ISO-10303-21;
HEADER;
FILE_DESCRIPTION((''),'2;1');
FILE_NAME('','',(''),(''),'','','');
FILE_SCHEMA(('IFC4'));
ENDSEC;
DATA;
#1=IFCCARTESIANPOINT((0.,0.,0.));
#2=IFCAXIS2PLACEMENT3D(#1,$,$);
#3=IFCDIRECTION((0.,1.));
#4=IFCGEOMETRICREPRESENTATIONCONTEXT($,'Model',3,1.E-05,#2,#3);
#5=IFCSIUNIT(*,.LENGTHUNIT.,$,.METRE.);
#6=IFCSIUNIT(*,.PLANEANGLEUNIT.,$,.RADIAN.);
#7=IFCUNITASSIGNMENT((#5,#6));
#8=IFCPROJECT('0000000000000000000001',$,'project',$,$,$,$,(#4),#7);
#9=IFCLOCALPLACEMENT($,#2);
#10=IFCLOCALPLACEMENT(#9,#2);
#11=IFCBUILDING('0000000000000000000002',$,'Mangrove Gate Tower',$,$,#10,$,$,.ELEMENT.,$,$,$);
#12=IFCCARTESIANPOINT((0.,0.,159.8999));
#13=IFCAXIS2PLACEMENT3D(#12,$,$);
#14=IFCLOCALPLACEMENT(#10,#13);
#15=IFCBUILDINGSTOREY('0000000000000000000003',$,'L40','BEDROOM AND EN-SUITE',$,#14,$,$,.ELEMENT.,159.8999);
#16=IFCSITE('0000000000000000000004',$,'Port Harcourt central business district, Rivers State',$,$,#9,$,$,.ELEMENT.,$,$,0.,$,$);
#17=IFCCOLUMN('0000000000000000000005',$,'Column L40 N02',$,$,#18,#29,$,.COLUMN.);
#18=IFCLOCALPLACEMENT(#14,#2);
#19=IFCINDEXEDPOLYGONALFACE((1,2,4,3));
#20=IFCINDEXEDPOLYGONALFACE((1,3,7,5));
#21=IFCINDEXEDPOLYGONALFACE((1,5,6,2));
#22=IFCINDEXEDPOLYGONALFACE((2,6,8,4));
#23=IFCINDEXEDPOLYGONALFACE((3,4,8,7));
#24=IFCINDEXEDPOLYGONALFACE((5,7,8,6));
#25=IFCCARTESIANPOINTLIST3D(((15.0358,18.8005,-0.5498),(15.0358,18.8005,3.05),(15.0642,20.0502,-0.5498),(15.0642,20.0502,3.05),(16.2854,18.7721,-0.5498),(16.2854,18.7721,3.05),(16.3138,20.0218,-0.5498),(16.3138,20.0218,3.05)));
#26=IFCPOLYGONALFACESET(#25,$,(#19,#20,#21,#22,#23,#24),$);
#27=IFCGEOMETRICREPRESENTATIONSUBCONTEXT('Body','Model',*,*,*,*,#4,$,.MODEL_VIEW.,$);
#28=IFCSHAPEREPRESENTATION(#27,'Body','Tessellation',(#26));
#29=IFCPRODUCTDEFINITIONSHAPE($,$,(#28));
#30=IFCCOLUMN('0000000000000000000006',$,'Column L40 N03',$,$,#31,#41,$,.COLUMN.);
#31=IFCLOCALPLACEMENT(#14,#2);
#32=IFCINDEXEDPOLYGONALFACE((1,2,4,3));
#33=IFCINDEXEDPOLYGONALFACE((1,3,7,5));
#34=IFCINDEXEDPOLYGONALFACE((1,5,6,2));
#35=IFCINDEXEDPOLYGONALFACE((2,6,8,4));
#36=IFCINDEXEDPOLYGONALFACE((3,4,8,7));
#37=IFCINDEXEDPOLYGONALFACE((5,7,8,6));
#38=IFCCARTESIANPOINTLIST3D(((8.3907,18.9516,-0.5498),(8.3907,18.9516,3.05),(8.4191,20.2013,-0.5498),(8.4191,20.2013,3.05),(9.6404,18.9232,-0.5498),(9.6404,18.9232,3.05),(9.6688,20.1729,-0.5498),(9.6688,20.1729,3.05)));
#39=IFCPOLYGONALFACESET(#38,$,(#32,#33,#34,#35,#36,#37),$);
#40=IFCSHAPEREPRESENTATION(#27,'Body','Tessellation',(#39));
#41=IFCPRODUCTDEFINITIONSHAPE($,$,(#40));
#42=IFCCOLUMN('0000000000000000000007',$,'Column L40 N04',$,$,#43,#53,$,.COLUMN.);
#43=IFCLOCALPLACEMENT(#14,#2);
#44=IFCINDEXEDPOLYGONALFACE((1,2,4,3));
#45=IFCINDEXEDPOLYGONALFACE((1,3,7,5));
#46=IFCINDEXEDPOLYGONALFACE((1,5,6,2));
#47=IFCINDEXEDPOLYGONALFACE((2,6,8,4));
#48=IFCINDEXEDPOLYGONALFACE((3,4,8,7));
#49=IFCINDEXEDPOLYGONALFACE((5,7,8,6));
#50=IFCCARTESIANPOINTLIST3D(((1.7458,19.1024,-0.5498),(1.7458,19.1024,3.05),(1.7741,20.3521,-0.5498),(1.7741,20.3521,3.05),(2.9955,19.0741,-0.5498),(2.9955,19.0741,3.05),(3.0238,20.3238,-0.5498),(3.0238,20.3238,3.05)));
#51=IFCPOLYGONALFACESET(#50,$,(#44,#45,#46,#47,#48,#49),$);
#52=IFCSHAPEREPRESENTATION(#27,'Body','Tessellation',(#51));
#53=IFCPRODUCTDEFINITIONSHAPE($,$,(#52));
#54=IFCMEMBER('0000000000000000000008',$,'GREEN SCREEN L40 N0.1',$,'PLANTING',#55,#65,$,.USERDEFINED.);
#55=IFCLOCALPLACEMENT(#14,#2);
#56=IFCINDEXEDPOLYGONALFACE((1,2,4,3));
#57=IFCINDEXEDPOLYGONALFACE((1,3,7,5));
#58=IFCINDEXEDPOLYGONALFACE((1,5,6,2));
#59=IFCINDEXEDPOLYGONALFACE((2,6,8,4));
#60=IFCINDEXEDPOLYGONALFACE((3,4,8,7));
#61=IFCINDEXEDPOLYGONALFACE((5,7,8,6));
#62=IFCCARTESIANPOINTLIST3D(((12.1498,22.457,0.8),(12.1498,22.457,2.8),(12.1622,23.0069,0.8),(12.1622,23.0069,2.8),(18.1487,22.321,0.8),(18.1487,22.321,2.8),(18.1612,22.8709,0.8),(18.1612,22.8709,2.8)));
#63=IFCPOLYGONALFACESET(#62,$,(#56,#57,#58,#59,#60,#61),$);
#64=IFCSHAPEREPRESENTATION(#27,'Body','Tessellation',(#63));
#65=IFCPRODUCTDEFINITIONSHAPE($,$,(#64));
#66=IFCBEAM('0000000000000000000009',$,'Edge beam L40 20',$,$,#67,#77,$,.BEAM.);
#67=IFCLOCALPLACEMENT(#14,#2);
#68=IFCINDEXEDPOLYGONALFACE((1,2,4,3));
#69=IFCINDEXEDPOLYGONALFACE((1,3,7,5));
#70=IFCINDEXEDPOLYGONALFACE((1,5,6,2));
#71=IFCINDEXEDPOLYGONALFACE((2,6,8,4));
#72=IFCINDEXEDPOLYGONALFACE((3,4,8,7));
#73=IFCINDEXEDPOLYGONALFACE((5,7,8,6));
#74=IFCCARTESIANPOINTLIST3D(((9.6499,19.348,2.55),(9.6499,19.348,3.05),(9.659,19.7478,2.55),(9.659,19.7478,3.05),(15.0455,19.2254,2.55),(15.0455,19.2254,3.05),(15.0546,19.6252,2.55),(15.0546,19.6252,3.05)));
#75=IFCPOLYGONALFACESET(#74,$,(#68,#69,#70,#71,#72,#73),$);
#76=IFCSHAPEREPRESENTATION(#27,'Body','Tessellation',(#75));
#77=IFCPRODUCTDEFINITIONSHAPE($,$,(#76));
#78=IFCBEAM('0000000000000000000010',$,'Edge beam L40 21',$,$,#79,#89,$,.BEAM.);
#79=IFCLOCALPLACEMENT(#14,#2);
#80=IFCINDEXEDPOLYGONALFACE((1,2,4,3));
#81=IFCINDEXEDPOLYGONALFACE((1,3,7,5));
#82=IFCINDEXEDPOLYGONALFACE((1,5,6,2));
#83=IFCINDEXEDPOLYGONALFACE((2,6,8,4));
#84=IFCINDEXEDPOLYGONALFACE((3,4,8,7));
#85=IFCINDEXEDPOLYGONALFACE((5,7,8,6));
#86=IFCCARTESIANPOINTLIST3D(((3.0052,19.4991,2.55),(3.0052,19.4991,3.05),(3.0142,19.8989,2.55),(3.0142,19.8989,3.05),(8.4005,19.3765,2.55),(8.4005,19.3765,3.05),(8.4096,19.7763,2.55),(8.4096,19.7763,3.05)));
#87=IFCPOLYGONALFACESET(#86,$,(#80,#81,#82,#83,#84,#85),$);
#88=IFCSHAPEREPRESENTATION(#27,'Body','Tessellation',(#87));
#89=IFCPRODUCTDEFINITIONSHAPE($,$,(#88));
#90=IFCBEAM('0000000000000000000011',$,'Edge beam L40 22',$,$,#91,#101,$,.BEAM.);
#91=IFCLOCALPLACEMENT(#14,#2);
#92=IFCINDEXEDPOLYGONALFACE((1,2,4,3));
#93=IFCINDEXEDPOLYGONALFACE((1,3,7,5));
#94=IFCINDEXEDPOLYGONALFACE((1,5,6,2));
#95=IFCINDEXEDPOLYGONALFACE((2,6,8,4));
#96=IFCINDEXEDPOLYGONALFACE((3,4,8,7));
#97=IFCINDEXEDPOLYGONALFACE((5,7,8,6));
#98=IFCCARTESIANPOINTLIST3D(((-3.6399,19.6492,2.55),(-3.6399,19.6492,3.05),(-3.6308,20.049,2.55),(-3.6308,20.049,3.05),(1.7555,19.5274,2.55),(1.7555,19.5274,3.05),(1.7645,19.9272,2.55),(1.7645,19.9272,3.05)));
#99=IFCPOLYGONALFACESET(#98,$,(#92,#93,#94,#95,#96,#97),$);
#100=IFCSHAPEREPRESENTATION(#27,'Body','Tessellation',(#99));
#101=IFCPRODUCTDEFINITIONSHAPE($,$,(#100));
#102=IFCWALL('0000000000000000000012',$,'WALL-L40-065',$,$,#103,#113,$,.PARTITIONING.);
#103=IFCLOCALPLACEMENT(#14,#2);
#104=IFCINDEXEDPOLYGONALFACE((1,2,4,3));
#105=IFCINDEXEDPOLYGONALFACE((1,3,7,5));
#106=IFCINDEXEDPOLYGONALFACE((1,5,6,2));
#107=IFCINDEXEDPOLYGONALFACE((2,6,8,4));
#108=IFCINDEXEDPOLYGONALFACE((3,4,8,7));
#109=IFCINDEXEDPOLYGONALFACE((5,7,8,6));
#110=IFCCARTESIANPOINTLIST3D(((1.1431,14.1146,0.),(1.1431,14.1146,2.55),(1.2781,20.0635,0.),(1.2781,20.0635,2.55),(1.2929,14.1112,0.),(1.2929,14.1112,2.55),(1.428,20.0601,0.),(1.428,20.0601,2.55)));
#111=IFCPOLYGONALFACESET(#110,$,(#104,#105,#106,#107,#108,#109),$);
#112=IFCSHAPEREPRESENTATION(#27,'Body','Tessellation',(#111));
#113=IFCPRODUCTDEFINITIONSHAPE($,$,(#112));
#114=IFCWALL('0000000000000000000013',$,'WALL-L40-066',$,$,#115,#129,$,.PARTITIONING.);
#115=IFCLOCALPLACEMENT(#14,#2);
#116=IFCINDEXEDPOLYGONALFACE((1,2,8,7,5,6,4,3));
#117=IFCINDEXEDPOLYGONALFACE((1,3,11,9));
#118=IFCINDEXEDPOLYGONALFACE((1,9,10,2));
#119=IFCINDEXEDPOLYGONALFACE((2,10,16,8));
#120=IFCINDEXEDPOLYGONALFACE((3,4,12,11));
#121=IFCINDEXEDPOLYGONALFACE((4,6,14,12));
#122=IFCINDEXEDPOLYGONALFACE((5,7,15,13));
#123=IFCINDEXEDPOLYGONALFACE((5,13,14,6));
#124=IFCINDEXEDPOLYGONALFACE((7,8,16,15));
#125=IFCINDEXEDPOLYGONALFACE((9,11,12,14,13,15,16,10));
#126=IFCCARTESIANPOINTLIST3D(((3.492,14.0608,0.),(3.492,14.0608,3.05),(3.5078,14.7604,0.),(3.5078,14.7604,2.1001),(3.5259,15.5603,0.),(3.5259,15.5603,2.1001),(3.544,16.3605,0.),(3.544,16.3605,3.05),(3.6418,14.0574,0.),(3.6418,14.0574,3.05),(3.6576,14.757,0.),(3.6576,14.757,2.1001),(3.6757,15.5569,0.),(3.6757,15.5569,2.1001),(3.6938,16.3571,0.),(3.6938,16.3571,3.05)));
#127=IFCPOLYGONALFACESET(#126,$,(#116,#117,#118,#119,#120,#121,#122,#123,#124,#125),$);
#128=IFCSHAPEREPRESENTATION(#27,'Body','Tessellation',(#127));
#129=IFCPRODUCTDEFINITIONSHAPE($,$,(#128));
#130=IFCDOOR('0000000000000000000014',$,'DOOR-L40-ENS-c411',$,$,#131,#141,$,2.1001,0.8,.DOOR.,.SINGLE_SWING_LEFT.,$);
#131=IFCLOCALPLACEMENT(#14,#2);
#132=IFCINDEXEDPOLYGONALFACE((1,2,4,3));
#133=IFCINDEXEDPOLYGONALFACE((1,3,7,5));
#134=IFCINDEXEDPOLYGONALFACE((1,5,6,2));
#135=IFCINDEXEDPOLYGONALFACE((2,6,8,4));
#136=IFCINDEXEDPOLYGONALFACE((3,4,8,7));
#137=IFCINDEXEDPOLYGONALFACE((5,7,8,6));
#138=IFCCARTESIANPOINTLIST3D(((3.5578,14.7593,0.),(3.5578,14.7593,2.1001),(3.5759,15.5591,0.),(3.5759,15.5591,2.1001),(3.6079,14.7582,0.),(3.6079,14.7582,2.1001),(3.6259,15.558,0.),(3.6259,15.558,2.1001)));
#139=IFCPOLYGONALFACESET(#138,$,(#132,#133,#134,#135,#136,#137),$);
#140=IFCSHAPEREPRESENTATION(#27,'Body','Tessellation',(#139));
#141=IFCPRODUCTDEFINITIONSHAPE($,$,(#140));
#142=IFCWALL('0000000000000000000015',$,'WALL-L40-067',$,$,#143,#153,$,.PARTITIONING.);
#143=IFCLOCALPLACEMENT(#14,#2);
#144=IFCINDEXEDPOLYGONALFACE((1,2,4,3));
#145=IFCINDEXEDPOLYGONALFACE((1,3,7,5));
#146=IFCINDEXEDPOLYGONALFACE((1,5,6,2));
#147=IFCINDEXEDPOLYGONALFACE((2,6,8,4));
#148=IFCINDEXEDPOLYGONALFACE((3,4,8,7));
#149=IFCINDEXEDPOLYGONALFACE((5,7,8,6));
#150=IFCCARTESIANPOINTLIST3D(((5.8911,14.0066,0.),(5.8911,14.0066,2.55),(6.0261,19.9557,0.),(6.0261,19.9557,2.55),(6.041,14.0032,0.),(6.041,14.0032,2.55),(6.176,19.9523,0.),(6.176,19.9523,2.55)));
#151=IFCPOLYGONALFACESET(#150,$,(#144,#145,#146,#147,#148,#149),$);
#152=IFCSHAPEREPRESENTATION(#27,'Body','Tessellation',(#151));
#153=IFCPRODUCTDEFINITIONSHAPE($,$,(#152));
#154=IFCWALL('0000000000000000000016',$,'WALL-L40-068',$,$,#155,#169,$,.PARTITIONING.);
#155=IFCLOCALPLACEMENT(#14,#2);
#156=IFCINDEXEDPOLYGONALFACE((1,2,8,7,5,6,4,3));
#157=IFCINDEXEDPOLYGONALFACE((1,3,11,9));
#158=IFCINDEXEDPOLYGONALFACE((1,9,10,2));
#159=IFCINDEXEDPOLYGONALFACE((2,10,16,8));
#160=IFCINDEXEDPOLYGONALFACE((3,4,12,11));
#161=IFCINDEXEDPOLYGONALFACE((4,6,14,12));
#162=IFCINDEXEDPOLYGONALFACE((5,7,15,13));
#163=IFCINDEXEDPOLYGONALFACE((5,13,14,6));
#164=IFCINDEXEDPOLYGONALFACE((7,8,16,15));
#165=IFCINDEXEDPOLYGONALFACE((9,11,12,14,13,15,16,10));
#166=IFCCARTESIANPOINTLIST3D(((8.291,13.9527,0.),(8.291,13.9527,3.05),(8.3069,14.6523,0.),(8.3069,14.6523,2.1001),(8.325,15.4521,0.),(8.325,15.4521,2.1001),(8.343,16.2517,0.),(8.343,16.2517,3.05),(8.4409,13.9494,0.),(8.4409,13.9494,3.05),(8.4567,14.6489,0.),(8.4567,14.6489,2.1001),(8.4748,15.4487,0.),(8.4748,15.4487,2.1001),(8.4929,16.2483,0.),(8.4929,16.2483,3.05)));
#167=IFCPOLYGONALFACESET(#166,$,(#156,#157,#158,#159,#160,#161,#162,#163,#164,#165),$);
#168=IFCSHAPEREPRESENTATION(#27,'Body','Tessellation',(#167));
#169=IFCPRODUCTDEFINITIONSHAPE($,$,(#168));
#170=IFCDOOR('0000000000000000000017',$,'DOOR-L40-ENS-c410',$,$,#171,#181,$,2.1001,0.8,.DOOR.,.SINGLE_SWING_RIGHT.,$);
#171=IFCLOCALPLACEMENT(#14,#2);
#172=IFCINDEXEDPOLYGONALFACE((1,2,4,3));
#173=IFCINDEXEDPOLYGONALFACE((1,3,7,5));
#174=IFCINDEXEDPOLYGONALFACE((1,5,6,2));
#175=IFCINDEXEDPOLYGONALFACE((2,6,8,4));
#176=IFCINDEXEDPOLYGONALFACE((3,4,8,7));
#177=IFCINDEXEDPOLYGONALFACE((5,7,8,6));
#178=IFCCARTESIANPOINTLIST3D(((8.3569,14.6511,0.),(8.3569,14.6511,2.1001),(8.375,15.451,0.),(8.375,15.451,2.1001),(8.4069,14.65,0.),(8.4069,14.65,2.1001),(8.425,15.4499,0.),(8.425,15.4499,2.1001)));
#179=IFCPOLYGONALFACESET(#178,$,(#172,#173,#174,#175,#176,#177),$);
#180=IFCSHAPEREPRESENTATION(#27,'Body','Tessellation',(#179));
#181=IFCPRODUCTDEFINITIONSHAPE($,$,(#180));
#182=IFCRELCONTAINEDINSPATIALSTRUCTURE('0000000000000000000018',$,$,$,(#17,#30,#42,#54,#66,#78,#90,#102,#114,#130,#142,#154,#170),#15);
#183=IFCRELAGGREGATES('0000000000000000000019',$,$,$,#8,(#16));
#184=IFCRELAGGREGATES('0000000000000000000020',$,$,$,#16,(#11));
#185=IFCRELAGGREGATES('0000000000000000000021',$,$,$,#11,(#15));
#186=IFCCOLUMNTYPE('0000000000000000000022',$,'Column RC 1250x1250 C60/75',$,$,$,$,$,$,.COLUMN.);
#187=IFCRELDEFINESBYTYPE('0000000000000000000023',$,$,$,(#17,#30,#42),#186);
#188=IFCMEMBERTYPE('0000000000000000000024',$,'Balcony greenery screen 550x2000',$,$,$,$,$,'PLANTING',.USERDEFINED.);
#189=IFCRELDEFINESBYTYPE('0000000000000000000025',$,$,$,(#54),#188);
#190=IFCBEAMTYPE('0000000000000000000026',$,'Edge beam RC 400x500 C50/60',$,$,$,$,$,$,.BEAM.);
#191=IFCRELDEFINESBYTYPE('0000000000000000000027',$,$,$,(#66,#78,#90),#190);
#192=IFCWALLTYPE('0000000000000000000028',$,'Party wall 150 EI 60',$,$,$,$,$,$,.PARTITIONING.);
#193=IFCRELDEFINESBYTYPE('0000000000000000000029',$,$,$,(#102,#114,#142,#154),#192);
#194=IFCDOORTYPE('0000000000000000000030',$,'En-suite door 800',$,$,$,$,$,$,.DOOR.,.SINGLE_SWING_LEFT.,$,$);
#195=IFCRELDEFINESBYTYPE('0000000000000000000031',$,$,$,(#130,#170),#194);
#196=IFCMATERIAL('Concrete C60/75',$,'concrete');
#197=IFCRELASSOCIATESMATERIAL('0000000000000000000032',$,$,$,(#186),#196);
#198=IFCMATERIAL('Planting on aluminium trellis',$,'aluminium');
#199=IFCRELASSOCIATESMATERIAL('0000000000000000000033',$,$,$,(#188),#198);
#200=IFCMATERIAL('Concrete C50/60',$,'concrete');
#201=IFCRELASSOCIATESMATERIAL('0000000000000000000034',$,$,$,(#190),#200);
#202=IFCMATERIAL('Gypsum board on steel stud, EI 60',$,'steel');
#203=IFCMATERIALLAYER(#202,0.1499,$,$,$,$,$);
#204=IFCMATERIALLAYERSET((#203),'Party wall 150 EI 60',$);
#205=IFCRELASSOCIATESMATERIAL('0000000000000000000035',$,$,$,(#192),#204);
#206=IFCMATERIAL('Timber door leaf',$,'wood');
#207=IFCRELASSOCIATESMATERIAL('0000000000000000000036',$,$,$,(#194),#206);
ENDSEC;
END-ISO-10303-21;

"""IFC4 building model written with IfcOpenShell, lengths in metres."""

from ifc_helpers import new_model, si_unit, direction, frame, frame_2d, origin, origin_2d, place, context, subcontext, project, spatial, rectangle, extrude, material, layer, layer_set, material_profile, profile_set, type_object, element, fill, save


model = new_model("IFC4")

# Units and contexts
model_context = context("Model", 3, precision=1e-05, world=origin(), true_north=direction((0.0, 1.0)))
body_context = subcontext(model_context, "Body", "Model", "MODEL_VIEW")
ifc_project = project(units=[si_unit("LENGTHUNIT", "METRE"), si_unit("PLANEANGLEUNIT", "RADIAN")], contexts=[model_context])

# Site, building, storey
site_placement = place(None, origin())
site = spatial("IfcSite", under=ifc_project, at=site_placement, Name="Port Harcourt central business district, Rivers State", CompositionType="ELEMENT", RefElevation=0.0)
building_placement = place(site_placement, origin())
building = spatial("IfcBuilding", under=site, at=building_placement, Name="Mangrove Gate Tower", CompositionType="ELEMENT")
storey_placement = place(building_placement, frame((0.0, 0.0, 159.8999)))
storey = spatial("IfcBuildingStorey", under=building, at=storey_placement, Name="L40", Description="BEDROOM AND EN-SUITE", CompositionType="ELEMENT", Elevation=159.8999)

# Columns
ifc_material_1 = material(Name="Concrete C60/75", Category="concrete")
ifc_material_profile_1 = material_profile(ifc_material_1, rectangle(XDim=1.25, YDim=1.25, at=origin_2d()))
ifc_profile_set_1 = profile_set([ifc_material_profile_1], Name="Concrete C60/75")
column_type = type_object("IfcColumnType", Name="Column RC 1250x1250 C60/75", PredefinedType="COLUMN", material=ifc_profile_set_1)
for number, where, z_axis, x_axis, name in (
    (1, (15.6748, 19.4111, -0.5498), (0.0, 0.0, 1.0), (-0.999742, 0.022718, 0.0), "Column L40 N02"),
    (2, (9.0298, 19.5623, -0.5498), (0.0, 0.0, 1.0), (-0.999742, 0.022718, 0.0), "Column L40 N03"),
    (3, (2.3848, 19.7131, -0.5498), (0.0, 0.0, 1.0), (-0.999744, 0.022643, 0.0), "Column L40 N04"),
):
    element("IfcColumn", number, at=place(storey_placement, frame(where, z_axis=z_axis, x_axis=x_axis)), inside=storey, type_object=column_type, Name=name, PredefinedType="COLUMN", context=body_context, shape_type="SweptSolid", body=[
        extrude(rectangle(XDim=1.25, YDim=1.25, at=origin_2d()), origin(), (0.0, 0.0, 1.0), 3.5999),
    ])

# Member
ifc_material_2 = material(Name="Planting on aluminium trellis", Category="aluminium")
ifc_material_profile_2 = material_profile(ifc_material_2, rectangle(XDim=0.55, YDim=2.0, at=origin_2d()))
ifc_profile_set_2 = profile_set([ifc_material_profile_2], Name="Planting on aluminium trellis")
member_type = type_object("IfcMemberType", Name="Balcony greenery screen 550x2000", ElementType="PLANTING", PredefinedType="USERDEFINED", material=ifc_profile_set_2)
member_placement = place(storey_placement, frame((12.156, 22.7319, 1.8), z_axis=(0.999743, -0.022662, 0.0), x_axis=(0.022662, 0.999743, 0.0)))
element("IfcMember", 4, at=member_placement, inside=storey, type_object=member_type, Name="GREEN SCREEN L40 N0.1", ObjectType="PLANTING", PredefinedType="USERDEFINED", context=body_context, shape_type="SweptSolid", body=[
    extrude(rectangle(XDim=0.55, YDim=2.0, at=origin_2d()), origin(), (0.0, 0.0, 1.0), 6.0005),
])

# Beams
ifc_material_3 = material(Name="Concrete C50/60", Category="concrete")
ifc_material_profile_3 = material_profile(ifc_material_3, rectangle(XDim=0.3999, YDim=0.5, at=origin_2d()))
ifc_profile_set_3 = profile_set([ifc_material_profile_3], Name="Concrete C50/60")
beam_type = type_object("IfcBeamType", Name="Edge beam RC 400x500 C50/60", PredefinedType="BEAM", material=ifc_profile_set_3)
beam_placement = place(storey_placement, frame((15.05, 19.4253, 2.8), z_axis=(-0.999742, 0.022709, 0.0), x_axis=(-0.022709, -0.999742, 0.0)))
element("IfcBeam", 5, at=beam_placement, inside=storey, type_object=beam_type, Name="Edge beam L40 20", PredefinedType="BEAM", context=body_context, shape_type="SweptSolid", body=[
    extrude(rectangle(XDim=0.3999, YDim=0.5, at=origin_2d()), origin(), (0.0, 0.0, 1.0), 5.397),
])
for number, where, z_axis, x_axis, name in (
    (6, (8.405, 19.5764, 2.8), (-0.999742, 0.02271, 0.0), (-0.02271, -0.999742, 0.0), "Edge beam L40 21"),
    (7, (1.76, 19.7273, 2.8), (-0.999745, 0.022574, 0.0), (-0.022574, -0.999745, 0.0), "Edge beam L40 22"),
):
    element("IfcBeam", number, at=place(storey_placement, frame(where, z_axis=z_axis, x_axis=x_axis)), inside=storey, type_object=beam_type, Name=name, PredefinedType="BEAM", context=body_context, shape_type="SweptSolid", body=[
        extrude(rectangle(XDim=0.3999, YDim=0.5, at=origin_2d()), origin(), (0.0, 0.0, 1.0), 5.3967),
    ])

# Wall
ifc_material_4 = material(Name="Gypsum board on steel stud, EI 60", Category="steel")
ifc_layer_1 = layer(ifc_material_4, 0.1499)
ifc_layer_set_1 = layer_set([ifc_layer_1], Name="Party wall 150 EI 60")
wall_type_1 = type_object("IfcWallType", Name="Party wall 150 EI 60", PredefinedType="PARTITIONING", material=ifc_layer_set_1)
wall_1_placement = place(storey_placement, frame((1.218, 14.113, 0.0), z_axis=(0.0, 0.0, 1.0), x_axis=(0.022689, 0.999743, 0.0)))
element("IfcWall", 8, at=wall_1_placement, inside=storey, type_object=wall_type_1, Name="WALL-L40-065", PredefinedType="PARTITIONING", context=body_context, shape_type="SweptSolid", body=[
    extrude(rectangle(XDim=5.9504, YDim=0.1499, at=frame_2d((2.9751, 0.0))), origin(), (0.0, 0.0, 1.0), 2.55),
])

# Wall, opening, door
wall_2_placement = place(storey_placement, frame((3.5669, 14.0591, 0.0), z_axis=(0.0, 0.0, 1.0), x_axis=(0.022606, 0.999744, 0.0)))
wall_2 = element("IfcWall", 9, at=wall_2_placement, inside=storey, type_object=wall_type_1, Name="WALL-L40-066", PredefinedType="PARTITIONING", context=body_context, shape_type="SweptSolid", body=[
    extrude(rectangle(XDim=2.3003, YDim=0.1499, at=frame_2d((1.1501, 0.0))), origin(), (0.0, 0.0, 1.0), 3.05),
])
opening_1_placement = place(wall_2_placement, frame((0.7, 0.0, 0.0)))
opening_1 = element("IfcOpeningElement", 10, at=opening_1_placement, cuts=wall_2, PredefinedType="OPENING", context=body_context, shape_type="SweptSolid", body=[
    extrude(rectangle(XDim=0.8, YDim=2.1001, at=frame_2d((0.3999, 1.05))), frame((0.0, 0.085, 0.0), z_axis=(0.0, -1.0, 0.0), x_axis=(1.0, 0.0, 0.0)), (0.0, 0.0, 1.0), 0.1699),
])
ifc_material_5 = material(Name="Timber door leaf", Category="wood")
door_type = type_object("IfcDoorType", Name="En-suite door 800", OperationType="SINGLE_SWING_LEFT", PredefinedType="DOOR", material=ifc_material_5)
door_1_placement = place(opening_1_placement, origin())
door_1 = element("IfcDoor", 11, at=door_1_placement, inside=storey, type_object=door_type, Name="DOOR-L40-ENS-c411", OperationType="SINGLE_SWING_LEFT", OverallHeight=2.1001, OverallWidth=0.8, PredefinedType="DOOR", context=body_context, shape_type="SweptSolid", body=[
    extrude(rectangle(XDim=0.8, YDim=2.1001, at=frame_2d((0.3999, 1.05))), frame((0.0, 0.0249, 0.0), z_axis=(0.0, -1.0, 0.0), x_axis=(1.0, 0.0, 0.0)), (0.0, 0.0, 1.0), 0.05),
])
fill(opening_1, door_1)

# Wall
wall_3_placement = place(storey_placement, frame((5.9661, 14.0049, 0.0), z_axis=(0.0, 0.0, 1.0), x_axis=(0.022688, 0.999743, 0.0)))
element("IfcWall", 12, at=wall_3_placement, inside=storey, type_object=wall_type_1, Name="WALL-L40-067", PredefinedType="PARTITIONING", context=body_context, shape_type="SweptSolid", body=[
    extrude(rectangle(XDim=5.9507, YDim=0.1499, at=frame_2d((2.9753, 0.0))), origin(), (0.0, 0.0, 1.0), 2.55),
])

# Wall, opening, door
wall_4_placement = place(storey_placement, frame((8.366, 13.9509, 0.0), z_axis=(0.0, 0.0, 1.0), x_axis=(0.022613, 0.999744, 0.0)))
wall_4 = element("IfcWall", 13, at=wall_4_placement, inside=storey, type_object=wall_type_1, Name="WALL-L40-068", PredefinedType="PARTITIONING", context=body_context, shape_type="SweptSolid", body=[
    extrude(rectangle(XDim=2.2996, YDim=0.1499, at=frame_2d((1.1499, 0.0))), origin(), (0.0, 0.0, 1.0), 3.05),
])
opening_2_placement = place(wall_4_placement, frame((0.7, 0.0, 0.0)))
opening_2 = element("IfcOpeningElement", 14, at=opening_2_placement, cuts=wall_4, PredefinedType="OPENING", context=body_context, shape_type="SweptSolid", body=[
    extrude(rectangle(XDim=0.8, YDim=2.1001, at=frame_2d((0.3999, 1.05))), frame((0.0, 0.085, 0.0), z_axis=(0.0, -1.0, 0.0), x_axis=(1.0, 0.0, 0.0)), (0.0, 0.0, 1.0), 0.1699),
])
door_2_placement = place(opening_2_placement, origin())
door_2 = element("IfcDoor", 15, at=door_2_placement, inside=storey, type_object=door_type, Name="DOOR-L40-ENS-c410", OperationType="SINGLE_SWING_RIGHT", OverallHeight=2.1001, OverallWidth=0.8, PredefinedType="DOOR", context=body_context, shape_type="SweptSolid", body=[
    extrude(rectangle(XDim=0.8, YDim=2.1001, at=frame_2d((0.3999, 1.05))), frame((0.0, 0.0249, 0.0), z_axis=(0.0, -1.0, 0.0), x_axis=(1.0, 0.0, 0.0)), (0.0, 0.0, 1.0), 0.05),
])
fill(opening_2, door_2)

save(model, "model.ifc")
